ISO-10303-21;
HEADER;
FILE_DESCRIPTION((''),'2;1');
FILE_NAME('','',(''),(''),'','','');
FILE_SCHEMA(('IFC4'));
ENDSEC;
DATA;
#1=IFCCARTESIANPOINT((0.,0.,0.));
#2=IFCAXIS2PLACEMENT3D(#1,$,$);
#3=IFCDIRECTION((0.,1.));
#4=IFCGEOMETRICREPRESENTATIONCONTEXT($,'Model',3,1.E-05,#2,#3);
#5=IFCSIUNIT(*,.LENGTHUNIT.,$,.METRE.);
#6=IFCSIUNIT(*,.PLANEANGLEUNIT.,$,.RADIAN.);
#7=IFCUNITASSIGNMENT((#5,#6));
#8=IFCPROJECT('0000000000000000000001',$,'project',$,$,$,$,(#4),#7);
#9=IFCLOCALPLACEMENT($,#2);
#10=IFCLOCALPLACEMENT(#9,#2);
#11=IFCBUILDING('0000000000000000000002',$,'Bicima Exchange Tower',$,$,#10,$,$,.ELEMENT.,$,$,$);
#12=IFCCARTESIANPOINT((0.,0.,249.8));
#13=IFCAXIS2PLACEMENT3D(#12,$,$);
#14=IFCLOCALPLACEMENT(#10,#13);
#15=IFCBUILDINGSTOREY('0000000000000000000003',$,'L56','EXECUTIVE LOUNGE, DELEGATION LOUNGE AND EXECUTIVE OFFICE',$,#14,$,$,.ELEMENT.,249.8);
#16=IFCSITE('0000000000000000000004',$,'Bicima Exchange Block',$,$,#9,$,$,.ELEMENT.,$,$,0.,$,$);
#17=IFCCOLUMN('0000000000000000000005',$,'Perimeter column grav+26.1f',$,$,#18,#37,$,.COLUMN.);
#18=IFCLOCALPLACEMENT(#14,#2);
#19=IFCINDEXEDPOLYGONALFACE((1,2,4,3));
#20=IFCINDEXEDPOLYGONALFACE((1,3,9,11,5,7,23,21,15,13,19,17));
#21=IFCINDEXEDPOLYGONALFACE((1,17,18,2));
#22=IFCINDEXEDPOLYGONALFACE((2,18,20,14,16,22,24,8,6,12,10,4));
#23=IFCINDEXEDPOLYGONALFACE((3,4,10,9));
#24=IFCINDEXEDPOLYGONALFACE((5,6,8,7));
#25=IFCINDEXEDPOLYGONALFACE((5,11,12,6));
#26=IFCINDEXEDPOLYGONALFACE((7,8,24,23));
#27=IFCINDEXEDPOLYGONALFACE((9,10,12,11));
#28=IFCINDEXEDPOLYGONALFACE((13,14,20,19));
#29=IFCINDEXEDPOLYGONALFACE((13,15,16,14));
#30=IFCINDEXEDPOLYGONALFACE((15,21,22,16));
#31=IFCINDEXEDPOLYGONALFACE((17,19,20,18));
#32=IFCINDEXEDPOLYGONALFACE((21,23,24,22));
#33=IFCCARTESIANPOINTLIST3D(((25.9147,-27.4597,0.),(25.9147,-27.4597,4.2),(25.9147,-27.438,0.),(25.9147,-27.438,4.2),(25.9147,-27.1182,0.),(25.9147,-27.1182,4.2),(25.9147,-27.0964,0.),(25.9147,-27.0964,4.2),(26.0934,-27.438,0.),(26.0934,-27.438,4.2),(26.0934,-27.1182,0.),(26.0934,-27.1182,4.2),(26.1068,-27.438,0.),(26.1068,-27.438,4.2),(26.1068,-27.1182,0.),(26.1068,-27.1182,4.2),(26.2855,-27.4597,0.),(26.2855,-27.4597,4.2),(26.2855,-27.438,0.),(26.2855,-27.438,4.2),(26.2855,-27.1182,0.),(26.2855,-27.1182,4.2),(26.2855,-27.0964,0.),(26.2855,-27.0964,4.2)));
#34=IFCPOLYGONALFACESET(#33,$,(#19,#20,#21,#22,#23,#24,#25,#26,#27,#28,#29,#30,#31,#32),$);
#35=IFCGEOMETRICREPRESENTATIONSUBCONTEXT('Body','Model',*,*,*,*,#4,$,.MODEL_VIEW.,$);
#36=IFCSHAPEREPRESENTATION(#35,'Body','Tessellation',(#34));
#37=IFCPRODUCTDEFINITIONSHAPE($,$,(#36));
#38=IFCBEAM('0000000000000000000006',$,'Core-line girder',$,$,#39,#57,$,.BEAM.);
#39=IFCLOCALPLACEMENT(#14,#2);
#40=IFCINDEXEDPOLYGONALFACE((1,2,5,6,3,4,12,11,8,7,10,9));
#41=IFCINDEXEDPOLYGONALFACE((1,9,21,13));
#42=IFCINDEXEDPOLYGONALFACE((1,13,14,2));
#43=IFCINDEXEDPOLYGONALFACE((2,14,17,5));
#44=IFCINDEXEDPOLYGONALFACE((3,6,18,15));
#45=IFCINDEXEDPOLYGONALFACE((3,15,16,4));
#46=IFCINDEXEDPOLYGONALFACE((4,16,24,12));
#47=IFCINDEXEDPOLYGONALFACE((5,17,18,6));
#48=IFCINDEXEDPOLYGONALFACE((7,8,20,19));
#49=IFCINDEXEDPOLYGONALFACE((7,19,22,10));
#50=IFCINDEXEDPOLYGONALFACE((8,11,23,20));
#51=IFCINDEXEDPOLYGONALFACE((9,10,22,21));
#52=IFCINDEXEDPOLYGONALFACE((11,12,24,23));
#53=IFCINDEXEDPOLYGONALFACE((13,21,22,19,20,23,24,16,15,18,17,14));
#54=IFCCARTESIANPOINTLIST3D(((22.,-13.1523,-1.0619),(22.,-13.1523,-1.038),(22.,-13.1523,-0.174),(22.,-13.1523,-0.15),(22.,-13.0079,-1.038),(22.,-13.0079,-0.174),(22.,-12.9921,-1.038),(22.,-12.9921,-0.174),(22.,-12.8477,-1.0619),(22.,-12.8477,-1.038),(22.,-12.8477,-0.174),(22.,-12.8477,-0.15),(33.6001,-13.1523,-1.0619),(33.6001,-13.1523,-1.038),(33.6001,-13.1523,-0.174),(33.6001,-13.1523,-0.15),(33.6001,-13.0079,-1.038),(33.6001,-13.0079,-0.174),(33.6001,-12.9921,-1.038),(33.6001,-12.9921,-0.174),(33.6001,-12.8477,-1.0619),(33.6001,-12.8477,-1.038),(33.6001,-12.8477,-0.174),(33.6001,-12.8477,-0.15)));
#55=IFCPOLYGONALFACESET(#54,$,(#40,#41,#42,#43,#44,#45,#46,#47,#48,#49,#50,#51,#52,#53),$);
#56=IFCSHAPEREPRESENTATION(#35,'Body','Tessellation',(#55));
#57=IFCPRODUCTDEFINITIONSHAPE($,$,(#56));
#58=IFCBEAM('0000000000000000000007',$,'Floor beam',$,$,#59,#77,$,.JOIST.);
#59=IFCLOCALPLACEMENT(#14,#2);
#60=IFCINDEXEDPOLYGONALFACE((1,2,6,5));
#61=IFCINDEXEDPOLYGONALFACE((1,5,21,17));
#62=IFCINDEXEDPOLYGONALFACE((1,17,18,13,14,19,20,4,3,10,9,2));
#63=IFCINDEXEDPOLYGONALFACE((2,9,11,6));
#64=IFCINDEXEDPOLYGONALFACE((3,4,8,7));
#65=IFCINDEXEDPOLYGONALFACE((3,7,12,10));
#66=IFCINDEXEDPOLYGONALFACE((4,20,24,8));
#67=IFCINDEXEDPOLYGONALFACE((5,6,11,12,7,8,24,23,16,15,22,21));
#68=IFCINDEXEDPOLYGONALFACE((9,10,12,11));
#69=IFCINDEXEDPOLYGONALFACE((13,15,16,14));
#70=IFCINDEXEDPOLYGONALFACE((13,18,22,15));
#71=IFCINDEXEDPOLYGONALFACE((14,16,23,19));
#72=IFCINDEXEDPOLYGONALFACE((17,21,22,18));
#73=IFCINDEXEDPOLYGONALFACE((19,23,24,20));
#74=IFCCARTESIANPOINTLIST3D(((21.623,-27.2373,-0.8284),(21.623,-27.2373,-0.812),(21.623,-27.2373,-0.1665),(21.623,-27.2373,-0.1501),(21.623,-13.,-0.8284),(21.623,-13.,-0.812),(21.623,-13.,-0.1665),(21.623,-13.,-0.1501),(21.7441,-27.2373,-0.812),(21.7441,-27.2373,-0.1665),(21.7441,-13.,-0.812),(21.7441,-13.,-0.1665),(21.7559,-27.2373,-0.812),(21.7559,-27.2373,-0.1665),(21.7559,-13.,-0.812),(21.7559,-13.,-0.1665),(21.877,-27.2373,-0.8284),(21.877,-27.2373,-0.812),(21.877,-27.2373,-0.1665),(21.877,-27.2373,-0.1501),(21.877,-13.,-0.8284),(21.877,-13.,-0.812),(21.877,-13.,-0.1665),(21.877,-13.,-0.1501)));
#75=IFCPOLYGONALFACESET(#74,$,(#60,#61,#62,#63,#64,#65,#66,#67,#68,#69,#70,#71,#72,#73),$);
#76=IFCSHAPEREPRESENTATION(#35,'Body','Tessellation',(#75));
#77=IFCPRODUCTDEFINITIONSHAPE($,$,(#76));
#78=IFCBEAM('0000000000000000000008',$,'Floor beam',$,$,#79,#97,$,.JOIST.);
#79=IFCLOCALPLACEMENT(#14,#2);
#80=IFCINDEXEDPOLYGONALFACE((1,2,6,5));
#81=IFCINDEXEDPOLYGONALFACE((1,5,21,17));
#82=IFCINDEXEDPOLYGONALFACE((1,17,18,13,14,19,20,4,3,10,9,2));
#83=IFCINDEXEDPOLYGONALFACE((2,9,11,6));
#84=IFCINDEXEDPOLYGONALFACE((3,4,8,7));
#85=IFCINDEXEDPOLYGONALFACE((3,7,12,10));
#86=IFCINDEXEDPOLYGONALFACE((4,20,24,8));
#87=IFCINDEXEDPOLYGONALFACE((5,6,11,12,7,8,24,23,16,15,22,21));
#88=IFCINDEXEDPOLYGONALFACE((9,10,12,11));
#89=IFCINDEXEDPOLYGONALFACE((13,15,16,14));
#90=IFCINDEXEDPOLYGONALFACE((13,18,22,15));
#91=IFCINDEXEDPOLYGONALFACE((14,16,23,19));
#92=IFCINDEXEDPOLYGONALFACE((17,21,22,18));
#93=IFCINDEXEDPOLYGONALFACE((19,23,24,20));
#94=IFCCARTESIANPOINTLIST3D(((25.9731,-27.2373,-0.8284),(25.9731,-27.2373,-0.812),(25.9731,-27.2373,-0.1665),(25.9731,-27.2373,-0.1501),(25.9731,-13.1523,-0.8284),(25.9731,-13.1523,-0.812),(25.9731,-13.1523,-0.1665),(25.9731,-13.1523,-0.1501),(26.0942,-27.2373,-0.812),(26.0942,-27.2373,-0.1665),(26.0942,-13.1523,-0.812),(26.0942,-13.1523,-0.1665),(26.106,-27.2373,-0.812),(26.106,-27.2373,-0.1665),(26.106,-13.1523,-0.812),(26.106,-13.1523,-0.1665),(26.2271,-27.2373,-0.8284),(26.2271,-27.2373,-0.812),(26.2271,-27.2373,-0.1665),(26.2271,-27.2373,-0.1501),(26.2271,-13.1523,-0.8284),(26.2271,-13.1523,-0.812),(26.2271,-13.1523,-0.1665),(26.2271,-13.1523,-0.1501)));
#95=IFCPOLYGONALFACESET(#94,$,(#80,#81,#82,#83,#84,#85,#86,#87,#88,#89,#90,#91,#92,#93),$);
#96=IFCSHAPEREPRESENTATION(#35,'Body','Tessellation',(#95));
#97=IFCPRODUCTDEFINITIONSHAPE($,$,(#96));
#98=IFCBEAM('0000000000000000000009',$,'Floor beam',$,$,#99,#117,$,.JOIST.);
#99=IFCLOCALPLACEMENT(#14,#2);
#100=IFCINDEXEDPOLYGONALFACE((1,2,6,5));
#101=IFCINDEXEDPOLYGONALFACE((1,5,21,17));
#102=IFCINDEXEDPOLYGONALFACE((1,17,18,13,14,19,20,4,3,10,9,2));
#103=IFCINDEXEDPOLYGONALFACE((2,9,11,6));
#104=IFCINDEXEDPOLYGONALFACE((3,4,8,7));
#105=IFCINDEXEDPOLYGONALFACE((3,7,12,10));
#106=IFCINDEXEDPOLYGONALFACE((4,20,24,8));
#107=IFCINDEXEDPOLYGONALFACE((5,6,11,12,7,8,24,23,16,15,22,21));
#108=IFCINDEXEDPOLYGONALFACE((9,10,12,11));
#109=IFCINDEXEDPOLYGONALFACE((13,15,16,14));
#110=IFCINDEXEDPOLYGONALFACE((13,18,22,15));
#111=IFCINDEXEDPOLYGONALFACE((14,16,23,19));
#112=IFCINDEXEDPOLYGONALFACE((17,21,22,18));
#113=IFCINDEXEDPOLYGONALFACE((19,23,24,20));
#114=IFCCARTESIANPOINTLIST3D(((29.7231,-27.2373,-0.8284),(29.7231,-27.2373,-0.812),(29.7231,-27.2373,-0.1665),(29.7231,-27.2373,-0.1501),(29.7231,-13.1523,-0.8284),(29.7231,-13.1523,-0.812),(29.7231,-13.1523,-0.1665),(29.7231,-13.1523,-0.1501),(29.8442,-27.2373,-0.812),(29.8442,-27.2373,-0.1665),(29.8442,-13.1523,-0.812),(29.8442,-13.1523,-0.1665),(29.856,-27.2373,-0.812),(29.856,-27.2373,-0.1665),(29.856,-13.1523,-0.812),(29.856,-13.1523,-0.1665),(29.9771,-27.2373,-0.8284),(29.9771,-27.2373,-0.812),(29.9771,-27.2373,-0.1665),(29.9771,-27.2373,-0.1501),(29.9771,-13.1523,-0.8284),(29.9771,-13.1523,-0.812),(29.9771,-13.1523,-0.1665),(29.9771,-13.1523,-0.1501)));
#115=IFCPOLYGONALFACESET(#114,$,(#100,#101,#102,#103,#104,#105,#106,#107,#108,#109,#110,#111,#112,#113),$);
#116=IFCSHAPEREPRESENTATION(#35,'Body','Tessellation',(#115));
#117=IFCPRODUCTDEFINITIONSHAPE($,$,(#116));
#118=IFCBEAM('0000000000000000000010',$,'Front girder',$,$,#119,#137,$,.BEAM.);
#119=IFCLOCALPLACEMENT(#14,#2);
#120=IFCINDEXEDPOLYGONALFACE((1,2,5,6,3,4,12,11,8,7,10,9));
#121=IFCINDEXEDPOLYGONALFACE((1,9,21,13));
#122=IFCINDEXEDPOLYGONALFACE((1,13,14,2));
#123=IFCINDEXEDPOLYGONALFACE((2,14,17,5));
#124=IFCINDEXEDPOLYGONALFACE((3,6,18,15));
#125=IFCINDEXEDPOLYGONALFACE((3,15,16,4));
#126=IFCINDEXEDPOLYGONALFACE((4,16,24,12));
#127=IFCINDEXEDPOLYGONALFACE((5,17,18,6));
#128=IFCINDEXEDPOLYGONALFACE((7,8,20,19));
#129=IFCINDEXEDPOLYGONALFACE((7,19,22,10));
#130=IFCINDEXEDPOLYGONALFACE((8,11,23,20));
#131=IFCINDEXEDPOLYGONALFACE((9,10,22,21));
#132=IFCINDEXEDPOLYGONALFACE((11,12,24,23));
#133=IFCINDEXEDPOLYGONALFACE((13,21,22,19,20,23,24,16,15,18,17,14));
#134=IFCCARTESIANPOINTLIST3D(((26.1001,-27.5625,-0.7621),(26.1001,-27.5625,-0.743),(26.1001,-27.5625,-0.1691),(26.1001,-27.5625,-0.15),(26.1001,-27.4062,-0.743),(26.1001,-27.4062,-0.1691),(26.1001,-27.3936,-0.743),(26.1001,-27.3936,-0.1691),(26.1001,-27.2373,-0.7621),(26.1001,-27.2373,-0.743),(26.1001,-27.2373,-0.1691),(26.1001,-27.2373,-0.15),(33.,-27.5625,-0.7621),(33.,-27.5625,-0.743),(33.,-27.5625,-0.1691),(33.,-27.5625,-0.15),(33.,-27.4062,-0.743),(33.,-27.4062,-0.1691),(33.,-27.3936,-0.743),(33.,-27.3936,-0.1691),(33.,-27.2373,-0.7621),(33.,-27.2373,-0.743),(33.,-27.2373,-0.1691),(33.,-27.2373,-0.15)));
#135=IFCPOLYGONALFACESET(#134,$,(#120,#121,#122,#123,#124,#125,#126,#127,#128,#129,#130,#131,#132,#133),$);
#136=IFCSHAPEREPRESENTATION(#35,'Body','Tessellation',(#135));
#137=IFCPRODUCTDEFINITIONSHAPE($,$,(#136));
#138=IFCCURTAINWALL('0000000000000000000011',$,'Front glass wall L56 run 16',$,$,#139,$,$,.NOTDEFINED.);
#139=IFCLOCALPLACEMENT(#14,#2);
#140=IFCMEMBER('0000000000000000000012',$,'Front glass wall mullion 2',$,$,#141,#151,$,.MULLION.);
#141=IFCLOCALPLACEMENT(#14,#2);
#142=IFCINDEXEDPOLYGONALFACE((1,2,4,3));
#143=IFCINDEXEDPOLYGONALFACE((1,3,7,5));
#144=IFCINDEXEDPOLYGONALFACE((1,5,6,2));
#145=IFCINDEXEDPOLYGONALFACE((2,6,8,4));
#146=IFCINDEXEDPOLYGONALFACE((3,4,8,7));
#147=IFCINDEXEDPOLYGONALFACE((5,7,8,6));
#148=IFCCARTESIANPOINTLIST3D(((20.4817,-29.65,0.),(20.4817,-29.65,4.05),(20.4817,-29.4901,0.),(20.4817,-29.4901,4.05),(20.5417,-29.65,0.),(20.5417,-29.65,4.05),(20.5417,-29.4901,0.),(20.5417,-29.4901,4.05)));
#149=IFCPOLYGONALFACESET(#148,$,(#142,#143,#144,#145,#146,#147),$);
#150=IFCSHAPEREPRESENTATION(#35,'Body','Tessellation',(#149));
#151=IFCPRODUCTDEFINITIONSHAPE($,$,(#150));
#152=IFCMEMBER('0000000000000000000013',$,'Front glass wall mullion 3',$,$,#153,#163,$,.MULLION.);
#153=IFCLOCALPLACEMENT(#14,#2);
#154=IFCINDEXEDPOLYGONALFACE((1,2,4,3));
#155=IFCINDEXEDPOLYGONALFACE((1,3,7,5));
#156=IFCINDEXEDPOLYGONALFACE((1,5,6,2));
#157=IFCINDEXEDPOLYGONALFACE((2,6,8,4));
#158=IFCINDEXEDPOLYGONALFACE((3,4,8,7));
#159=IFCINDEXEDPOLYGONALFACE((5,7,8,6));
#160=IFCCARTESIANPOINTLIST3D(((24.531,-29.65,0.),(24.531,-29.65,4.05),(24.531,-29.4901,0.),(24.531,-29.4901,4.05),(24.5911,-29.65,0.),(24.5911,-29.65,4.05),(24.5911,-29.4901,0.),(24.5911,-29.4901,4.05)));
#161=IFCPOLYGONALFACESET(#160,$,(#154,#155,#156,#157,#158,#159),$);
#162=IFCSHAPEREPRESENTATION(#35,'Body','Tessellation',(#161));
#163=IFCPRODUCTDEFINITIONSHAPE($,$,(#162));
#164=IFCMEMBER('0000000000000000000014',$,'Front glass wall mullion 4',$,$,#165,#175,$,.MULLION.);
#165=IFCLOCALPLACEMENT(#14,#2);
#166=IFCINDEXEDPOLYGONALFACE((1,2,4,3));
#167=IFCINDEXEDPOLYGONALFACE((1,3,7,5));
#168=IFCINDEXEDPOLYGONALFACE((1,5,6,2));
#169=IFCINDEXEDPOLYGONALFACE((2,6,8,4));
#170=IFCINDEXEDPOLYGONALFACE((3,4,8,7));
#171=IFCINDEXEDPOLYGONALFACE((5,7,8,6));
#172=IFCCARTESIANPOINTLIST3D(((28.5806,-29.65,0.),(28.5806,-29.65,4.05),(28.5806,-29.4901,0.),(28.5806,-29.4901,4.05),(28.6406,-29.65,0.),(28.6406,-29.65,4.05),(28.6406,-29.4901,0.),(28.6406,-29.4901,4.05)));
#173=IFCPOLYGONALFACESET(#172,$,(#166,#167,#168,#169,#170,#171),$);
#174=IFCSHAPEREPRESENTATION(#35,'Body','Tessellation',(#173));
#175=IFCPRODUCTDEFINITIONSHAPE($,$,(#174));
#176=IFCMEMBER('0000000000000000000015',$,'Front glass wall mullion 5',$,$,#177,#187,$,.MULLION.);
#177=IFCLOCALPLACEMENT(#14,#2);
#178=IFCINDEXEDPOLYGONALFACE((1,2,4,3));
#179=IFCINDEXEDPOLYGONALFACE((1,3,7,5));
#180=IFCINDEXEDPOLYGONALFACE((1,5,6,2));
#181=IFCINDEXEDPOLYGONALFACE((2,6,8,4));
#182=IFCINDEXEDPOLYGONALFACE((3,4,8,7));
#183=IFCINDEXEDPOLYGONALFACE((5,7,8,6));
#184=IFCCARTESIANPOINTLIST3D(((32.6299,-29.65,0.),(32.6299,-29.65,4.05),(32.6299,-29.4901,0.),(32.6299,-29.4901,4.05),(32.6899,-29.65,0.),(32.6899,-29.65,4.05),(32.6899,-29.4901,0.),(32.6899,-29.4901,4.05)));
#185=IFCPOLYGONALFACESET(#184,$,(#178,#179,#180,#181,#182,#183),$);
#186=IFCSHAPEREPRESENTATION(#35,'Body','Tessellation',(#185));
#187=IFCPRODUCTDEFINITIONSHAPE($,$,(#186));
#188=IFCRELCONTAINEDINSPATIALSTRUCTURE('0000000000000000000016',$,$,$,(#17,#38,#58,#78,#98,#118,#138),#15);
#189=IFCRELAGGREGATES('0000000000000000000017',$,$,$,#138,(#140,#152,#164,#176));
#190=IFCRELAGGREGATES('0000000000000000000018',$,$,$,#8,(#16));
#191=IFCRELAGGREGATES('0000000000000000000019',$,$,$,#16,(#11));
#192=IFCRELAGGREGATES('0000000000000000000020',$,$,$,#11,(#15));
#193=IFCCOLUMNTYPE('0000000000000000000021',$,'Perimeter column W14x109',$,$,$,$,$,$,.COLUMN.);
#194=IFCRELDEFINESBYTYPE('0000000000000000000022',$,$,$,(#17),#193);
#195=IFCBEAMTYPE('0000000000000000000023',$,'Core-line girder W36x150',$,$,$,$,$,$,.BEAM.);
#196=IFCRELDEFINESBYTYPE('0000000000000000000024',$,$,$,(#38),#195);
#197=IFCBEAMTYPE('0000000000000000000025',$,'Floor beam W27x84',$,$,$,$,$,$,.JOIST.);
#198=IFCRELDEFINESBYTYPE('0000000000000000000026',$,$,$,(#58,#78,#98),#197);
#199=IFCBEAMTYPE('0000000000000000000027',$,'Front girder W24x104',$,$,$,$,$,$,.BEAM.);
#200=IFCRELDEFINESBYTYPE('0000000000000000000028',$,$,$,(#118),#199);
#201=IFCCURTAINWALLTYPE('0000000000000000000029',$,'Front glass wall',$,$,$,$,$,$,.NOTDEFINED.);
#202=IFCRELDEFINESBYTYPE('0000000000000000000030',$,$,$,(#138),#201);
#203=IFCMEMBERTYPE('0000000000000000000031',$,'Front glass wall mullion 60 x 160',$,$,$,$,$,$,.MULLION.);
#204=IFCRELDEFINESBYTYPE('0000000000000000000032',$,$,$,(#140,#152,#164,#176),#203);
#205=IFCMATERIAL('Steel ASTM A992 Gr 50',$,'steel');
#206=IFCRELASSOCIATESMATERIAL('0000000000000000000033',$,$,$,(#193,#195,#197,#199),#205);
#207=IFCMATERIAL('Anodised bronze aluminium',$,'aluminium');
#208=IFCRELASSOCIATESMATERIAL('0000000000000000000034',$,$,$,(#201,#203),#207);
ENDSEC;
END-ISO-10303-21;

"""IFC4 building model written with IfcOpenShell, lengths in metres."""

from ifc_helpers import new_model, si_unit, direction, frame, origin, origin_2d, place, context, subcontext, project, spatial, rectangle, i_section, extrude, material, material_profile, profile_set, type_object, element, aggregate, save


model = new_model("IFC4")

# Units and contexts
model_context = context("Model", 3, precision=1e-05, world=origin(), true_north=direction((0.0, 1.0)))
body_context = subcontext(model_context, "Body", "Model", "MODEL_VIEW")
ifc_project = project(units=[si_unit("LENGTHUNIT", "METRE"), si_unit("PLANEANGLEUNIT", "RADIAN")], contexts=[model_context])

# Site, building, storey
site_placement = place(None, origin())
site = spatial("IfcSite", under=ifc_project, at=site_placement, Name="Bicima Exchange Block", CompositionType="ELEMENT", RefElevation=0.0)
building_placement = place(site_placement, origin())
building = spatial("IfcBuilding", under=site, at=building_placement, Name="Bicima Exchange Tower", CompositionType="ELEMENT")
storey_placement = place(building_placement, frame((0.0, 0.0, 249.8)))
storey = spatial("IfcBuildingStorey", under=building, at=storey_placement, Name="L56", Description="EXECUTIVE LOUNGE, DELEGATION LOUNGE AND EXECUTIVE OFFICE", CompositionType="ELEMENT", Elevation=249.8)

# Column
ifc_material_1 = material(Name="Steel ASTM A992 Gr 50", Category="steel")
ifc_material_profile_1 = material_profile(ifc_material_1, i_section(OverallWidth=0.3708, OverallDepth=0.3633, WebThickness=0.0134, FlangeThickness=0.0217, at=origin_2d()))
ifc_profile_set_1 = profile_set([ifc_material_profile_1], Name="Steel ASTM A992 Gr 50")
column_type = type_object("IfcColumnType", Name="Perimeter column W14x109", PredefinedType="COLUMN", material=ifc_profile_set_1)
column_placement = place(storey_placement, frame((26.1001, -27.2781, 0.0), z_axis=(0.0, 0.0, 1.0), x_axis=(1.0, 0.0, 0.0)))
element("IfcColumn", 1, at=column_placement, inside=storey, type_object=column_type, Name="Perimeter column grav+26.1f", PredefinedType="COLUMN", context=body_context, shape_type="SweptSolid", body=[
    extrude(i_section(OverallWidth=0.3708, OverallDepth=0.3633, WebThickness=0.0134, FlangeThickness=0.0217, at=origin_2d()), origin(), (0.0, 0.0, 1.0), 4.2),
])

# Beams
ifc_material_profile_2 = material_profile(ifc_material_1, i_section(OverallWidth=0.3047, OverallDepth=0.9119, WebThickness=0.0159, FlangeThickness=0.0239, at=origin_2d()))
ifc_profile_set_2 = profile_set([ifc_material_profile_2], Name="Steel ASTM A992 Gr 50")
beam_type_1 = type_object("IfcBeamType", Name="Core-line girder W36x150", PredefinedType="BEAM", material=ifc_profile_set_2)
beam_1_placement = place(storey_placement, frame((22.0, -13.0, -0.606), z_axis=(1.0, 0.0, 0.0), x_axis=(0.0, 1.0, 0.0)))
element("IfcBeam", 2, at=beam_1_placement, inside=storey, type_object=beam_type_1, Name="Core-line girder", PredefinedType="BEAM", context=body_context, shape_type="SweptSolid", body=[
    extrude(i_section(OverallWidth=0.3047, OverallDepth=0.9119, WebThickness=0.0159, FlangeThickness=0.0239, at=origin_2d()), origin(), (0.0, 0.0, 1.0), 11.6001),
])
ifc_material_profile_3 = material_profile(ifc_material_1, i_section(OverallWidth=0.2539, OverallDepth=0.6782, WebThickness=0.0117, FlangeThickness=0.0164, at=origin_2d()))
ifc_profile_set_3 = profile_set([ifc_material_profile_3], Name="Steel ASTM A992 Gr 50")
beam_type_2 = type_object("IfcBeamType", Name="Floor beam W27x84", PredefinedType="JOIST", material=ifc_profile_set_3)
beam_2_placement = place(storey_placement, frame((21.75, -13.0, -0.4893), z_axis=(0.0, -1.0, 0.0), x_axis=(1.0, 0.0, 0.0)))
element("IfcBeam", 3, at=beam_2_placement, inside=storey, type_object=beam_type_2, Name="Floor beam", PredefinedType="JOIST", context=body_context, shape_type="SweptSolid", body=[
    extrude(i_section(OverallWidth=0.2539, OverallDepth=0.6782, WebThickness=0.0117, FlangeThickness=0.0164, at=origin_2d()), origin(), (0.0, 0.0, 1.0), 14.2373),
])
for number, where, z_axis, x_axis, name in (
    (4, (26.1001, -13.1523, -0.4893), (0.0, -1.0, 0.0), (1.0, 0.0, 0.0), "Floor beam"),
    (5, (29.8501, -13.1523, -0.4893), (0.0, -1.0, 0.0), (1.0, 0.0, 0.0), "Floor beam"),
):
    element("IfcBeam", number, at=place(storey_placement, frame(where, z_axis=z_axis, x_axis=x_axis)), inside=storey, type_object=beam_type_2, Name=name, PredefinedType="JOIST", context=body_context, shape_type="SweptSolid", body=[
        extrude(i_section(OverallWidth=0.2539, OverallDepth=0.6782, WebThickness=0.0117, FlangeThickness=0.0164, at=origin_2d()), origin(), (0.0, 0.0, 1.0), 14.085),
    ])
ifc_material_profile_4 = material_profile(ifc_material_1, i_section(OverallWidth=0.3252, OverallDepth=0.6121, WebThickness=0.0127, FlangeThickness=0.019, at=origin_2d()))
ifc_profile_set_4 = profile_set([ifc_material_profile_4], Name="Steel ASTM A992 Gr 50")
beam_type_3 = type_object("IfcBeamType", Name="Front girder W24x104", PredefinedType="BEAM", material=ifc_profile_set_4)
beam_3_placement = place(storey_placement, frame((26.1001, -27.3999, -0.4561), z_axis=(1.0, 0.0, 0.0), x_axis=(0.0, 1.0, 0.0)))
element("IfcBeam", 6, at=beam_3_placement, inside=storey, type_object=beam_type_3, Name="Front girder", PredefinedType="BEAM", context=body_context, shape_type="SweptSolid", body=[
    extrude(i_section(OverallWidth=0.3252, OverallDepth=0.6121, WebThickness=0.0127, FlangeThickness=0.019, at=origin_2d()), origin(), (0.0, 0.0, 1.0), 6.8999),
])

# Curtain wall, members
ifc_material_2 = material(Name="Anodised bronze aluminium", Category="aluminium")
curtain_wall_type = type_object("IfcCurtainWallType", Name="Front glass wall", PredefinedType="NOTDEFINED", material=ifc_material_2)
curtain_wall_placement = place(storey_placement, origin())
curtain_wall = element("IfcCurtainWall", 7, at=curtain_wall_placement, inside=storey, type_object=curtain_wall_type, Name="Front glass wall L56 run 16", PredefinedType="NOTDEFINED")
ifc_material_profile_5 = material_profile(ifc_material_2, rectangle(XDim=0.1599, YDim=0.0601, at=origin_2d()))
ifc_profile_set_5 = profile_set([ifc_material_profile_5], Name="Anodised bronze aluminium")
member_type_1 = type_object("IfcMemberType", Name="Front glass wall mullion 60 x 160", PredefinedType="MULLION", material=ifc_profile_set_5)
member_1_placement = place(storey_placement, frame((20.5117, -29.5701, 0.0), z_axis=(0.0, 0.0, 1.0), x_axis=(0.0, 1.0, 0.0)))
member_1 = element("IfcMember", 8, at=member_1_placement, type_object=member_type_1, Name="Front glass wall mullion 2", PredefinedType="MULLION", context=body_context, shape_type="SweptSolid", body=[
    extrude(rectangle(XDim=0.1599, YDim=0.0601, at=origin_2d()), origin(), (0.0, 0.0, 1.0), 4.05),
])
member_2_placement = place(storey_placement, frame((24.561, -29.5701, 0.0), z_axis=(0.0, 0.0, 1.0), x_axis=(0.0, 1.0, 0.0)))
member_2 = element("IfcMember", 9, at=member_2_placement, type_object=member_type_1, Name="Front glass wall mullion 3", PredefinedType="MULLION", context=body_context, shape_type="SweptSolid", body=[
    extrude(rectangle(XDim=0.1599, YDim=0.0601, at=origin_2d()), origin(), (0.0, 0.0, 1.0), 4.05),
])
member_3_placement = place(storey_placement, frame((28.6106, -29.5701, 0.0), z_axis=(0.0, 0.0, 1.0), x_axis=(0.0, 1.0, 0.0)))
member_3 = element("IfcMember", 10, at=member_3_placement, type_object=member_type_1, Name="Front glass wall mullion 4", PredefinedType="MULLION", context=body_context, shape_type="SweptSolid", body=[
    extrude(rectangle(XDim=0.1599, YDim=0.0601, at=origin_2d()), origin(), (0.0, 0.0, 1.0), 4.05),
])
member_4_placement = place(storey_placement, frame((32.6599, -29.5701, 0.0), z_axis=(0.0, 0.0, 1.0), x_axis=(0.0, 1.0, 0.0)))
member_4 = element("IfcMember", 11, at=member_4_placement, type_object=member_type_1, Name="Front glass wall mullion 5", PredefinedType="MULLION", context=body_context, shape_type="SweptSolid", body=[
    extrude(rectangle(XDim=0.1599, YDim=0.0601, at=origin_2d()), origin(), (0.0, 0.0, 1.0), 4.05),
])
aggregate(curtain_wall, [member_1, member_2, member_3, member_4])

save(model, "model.ifc")
